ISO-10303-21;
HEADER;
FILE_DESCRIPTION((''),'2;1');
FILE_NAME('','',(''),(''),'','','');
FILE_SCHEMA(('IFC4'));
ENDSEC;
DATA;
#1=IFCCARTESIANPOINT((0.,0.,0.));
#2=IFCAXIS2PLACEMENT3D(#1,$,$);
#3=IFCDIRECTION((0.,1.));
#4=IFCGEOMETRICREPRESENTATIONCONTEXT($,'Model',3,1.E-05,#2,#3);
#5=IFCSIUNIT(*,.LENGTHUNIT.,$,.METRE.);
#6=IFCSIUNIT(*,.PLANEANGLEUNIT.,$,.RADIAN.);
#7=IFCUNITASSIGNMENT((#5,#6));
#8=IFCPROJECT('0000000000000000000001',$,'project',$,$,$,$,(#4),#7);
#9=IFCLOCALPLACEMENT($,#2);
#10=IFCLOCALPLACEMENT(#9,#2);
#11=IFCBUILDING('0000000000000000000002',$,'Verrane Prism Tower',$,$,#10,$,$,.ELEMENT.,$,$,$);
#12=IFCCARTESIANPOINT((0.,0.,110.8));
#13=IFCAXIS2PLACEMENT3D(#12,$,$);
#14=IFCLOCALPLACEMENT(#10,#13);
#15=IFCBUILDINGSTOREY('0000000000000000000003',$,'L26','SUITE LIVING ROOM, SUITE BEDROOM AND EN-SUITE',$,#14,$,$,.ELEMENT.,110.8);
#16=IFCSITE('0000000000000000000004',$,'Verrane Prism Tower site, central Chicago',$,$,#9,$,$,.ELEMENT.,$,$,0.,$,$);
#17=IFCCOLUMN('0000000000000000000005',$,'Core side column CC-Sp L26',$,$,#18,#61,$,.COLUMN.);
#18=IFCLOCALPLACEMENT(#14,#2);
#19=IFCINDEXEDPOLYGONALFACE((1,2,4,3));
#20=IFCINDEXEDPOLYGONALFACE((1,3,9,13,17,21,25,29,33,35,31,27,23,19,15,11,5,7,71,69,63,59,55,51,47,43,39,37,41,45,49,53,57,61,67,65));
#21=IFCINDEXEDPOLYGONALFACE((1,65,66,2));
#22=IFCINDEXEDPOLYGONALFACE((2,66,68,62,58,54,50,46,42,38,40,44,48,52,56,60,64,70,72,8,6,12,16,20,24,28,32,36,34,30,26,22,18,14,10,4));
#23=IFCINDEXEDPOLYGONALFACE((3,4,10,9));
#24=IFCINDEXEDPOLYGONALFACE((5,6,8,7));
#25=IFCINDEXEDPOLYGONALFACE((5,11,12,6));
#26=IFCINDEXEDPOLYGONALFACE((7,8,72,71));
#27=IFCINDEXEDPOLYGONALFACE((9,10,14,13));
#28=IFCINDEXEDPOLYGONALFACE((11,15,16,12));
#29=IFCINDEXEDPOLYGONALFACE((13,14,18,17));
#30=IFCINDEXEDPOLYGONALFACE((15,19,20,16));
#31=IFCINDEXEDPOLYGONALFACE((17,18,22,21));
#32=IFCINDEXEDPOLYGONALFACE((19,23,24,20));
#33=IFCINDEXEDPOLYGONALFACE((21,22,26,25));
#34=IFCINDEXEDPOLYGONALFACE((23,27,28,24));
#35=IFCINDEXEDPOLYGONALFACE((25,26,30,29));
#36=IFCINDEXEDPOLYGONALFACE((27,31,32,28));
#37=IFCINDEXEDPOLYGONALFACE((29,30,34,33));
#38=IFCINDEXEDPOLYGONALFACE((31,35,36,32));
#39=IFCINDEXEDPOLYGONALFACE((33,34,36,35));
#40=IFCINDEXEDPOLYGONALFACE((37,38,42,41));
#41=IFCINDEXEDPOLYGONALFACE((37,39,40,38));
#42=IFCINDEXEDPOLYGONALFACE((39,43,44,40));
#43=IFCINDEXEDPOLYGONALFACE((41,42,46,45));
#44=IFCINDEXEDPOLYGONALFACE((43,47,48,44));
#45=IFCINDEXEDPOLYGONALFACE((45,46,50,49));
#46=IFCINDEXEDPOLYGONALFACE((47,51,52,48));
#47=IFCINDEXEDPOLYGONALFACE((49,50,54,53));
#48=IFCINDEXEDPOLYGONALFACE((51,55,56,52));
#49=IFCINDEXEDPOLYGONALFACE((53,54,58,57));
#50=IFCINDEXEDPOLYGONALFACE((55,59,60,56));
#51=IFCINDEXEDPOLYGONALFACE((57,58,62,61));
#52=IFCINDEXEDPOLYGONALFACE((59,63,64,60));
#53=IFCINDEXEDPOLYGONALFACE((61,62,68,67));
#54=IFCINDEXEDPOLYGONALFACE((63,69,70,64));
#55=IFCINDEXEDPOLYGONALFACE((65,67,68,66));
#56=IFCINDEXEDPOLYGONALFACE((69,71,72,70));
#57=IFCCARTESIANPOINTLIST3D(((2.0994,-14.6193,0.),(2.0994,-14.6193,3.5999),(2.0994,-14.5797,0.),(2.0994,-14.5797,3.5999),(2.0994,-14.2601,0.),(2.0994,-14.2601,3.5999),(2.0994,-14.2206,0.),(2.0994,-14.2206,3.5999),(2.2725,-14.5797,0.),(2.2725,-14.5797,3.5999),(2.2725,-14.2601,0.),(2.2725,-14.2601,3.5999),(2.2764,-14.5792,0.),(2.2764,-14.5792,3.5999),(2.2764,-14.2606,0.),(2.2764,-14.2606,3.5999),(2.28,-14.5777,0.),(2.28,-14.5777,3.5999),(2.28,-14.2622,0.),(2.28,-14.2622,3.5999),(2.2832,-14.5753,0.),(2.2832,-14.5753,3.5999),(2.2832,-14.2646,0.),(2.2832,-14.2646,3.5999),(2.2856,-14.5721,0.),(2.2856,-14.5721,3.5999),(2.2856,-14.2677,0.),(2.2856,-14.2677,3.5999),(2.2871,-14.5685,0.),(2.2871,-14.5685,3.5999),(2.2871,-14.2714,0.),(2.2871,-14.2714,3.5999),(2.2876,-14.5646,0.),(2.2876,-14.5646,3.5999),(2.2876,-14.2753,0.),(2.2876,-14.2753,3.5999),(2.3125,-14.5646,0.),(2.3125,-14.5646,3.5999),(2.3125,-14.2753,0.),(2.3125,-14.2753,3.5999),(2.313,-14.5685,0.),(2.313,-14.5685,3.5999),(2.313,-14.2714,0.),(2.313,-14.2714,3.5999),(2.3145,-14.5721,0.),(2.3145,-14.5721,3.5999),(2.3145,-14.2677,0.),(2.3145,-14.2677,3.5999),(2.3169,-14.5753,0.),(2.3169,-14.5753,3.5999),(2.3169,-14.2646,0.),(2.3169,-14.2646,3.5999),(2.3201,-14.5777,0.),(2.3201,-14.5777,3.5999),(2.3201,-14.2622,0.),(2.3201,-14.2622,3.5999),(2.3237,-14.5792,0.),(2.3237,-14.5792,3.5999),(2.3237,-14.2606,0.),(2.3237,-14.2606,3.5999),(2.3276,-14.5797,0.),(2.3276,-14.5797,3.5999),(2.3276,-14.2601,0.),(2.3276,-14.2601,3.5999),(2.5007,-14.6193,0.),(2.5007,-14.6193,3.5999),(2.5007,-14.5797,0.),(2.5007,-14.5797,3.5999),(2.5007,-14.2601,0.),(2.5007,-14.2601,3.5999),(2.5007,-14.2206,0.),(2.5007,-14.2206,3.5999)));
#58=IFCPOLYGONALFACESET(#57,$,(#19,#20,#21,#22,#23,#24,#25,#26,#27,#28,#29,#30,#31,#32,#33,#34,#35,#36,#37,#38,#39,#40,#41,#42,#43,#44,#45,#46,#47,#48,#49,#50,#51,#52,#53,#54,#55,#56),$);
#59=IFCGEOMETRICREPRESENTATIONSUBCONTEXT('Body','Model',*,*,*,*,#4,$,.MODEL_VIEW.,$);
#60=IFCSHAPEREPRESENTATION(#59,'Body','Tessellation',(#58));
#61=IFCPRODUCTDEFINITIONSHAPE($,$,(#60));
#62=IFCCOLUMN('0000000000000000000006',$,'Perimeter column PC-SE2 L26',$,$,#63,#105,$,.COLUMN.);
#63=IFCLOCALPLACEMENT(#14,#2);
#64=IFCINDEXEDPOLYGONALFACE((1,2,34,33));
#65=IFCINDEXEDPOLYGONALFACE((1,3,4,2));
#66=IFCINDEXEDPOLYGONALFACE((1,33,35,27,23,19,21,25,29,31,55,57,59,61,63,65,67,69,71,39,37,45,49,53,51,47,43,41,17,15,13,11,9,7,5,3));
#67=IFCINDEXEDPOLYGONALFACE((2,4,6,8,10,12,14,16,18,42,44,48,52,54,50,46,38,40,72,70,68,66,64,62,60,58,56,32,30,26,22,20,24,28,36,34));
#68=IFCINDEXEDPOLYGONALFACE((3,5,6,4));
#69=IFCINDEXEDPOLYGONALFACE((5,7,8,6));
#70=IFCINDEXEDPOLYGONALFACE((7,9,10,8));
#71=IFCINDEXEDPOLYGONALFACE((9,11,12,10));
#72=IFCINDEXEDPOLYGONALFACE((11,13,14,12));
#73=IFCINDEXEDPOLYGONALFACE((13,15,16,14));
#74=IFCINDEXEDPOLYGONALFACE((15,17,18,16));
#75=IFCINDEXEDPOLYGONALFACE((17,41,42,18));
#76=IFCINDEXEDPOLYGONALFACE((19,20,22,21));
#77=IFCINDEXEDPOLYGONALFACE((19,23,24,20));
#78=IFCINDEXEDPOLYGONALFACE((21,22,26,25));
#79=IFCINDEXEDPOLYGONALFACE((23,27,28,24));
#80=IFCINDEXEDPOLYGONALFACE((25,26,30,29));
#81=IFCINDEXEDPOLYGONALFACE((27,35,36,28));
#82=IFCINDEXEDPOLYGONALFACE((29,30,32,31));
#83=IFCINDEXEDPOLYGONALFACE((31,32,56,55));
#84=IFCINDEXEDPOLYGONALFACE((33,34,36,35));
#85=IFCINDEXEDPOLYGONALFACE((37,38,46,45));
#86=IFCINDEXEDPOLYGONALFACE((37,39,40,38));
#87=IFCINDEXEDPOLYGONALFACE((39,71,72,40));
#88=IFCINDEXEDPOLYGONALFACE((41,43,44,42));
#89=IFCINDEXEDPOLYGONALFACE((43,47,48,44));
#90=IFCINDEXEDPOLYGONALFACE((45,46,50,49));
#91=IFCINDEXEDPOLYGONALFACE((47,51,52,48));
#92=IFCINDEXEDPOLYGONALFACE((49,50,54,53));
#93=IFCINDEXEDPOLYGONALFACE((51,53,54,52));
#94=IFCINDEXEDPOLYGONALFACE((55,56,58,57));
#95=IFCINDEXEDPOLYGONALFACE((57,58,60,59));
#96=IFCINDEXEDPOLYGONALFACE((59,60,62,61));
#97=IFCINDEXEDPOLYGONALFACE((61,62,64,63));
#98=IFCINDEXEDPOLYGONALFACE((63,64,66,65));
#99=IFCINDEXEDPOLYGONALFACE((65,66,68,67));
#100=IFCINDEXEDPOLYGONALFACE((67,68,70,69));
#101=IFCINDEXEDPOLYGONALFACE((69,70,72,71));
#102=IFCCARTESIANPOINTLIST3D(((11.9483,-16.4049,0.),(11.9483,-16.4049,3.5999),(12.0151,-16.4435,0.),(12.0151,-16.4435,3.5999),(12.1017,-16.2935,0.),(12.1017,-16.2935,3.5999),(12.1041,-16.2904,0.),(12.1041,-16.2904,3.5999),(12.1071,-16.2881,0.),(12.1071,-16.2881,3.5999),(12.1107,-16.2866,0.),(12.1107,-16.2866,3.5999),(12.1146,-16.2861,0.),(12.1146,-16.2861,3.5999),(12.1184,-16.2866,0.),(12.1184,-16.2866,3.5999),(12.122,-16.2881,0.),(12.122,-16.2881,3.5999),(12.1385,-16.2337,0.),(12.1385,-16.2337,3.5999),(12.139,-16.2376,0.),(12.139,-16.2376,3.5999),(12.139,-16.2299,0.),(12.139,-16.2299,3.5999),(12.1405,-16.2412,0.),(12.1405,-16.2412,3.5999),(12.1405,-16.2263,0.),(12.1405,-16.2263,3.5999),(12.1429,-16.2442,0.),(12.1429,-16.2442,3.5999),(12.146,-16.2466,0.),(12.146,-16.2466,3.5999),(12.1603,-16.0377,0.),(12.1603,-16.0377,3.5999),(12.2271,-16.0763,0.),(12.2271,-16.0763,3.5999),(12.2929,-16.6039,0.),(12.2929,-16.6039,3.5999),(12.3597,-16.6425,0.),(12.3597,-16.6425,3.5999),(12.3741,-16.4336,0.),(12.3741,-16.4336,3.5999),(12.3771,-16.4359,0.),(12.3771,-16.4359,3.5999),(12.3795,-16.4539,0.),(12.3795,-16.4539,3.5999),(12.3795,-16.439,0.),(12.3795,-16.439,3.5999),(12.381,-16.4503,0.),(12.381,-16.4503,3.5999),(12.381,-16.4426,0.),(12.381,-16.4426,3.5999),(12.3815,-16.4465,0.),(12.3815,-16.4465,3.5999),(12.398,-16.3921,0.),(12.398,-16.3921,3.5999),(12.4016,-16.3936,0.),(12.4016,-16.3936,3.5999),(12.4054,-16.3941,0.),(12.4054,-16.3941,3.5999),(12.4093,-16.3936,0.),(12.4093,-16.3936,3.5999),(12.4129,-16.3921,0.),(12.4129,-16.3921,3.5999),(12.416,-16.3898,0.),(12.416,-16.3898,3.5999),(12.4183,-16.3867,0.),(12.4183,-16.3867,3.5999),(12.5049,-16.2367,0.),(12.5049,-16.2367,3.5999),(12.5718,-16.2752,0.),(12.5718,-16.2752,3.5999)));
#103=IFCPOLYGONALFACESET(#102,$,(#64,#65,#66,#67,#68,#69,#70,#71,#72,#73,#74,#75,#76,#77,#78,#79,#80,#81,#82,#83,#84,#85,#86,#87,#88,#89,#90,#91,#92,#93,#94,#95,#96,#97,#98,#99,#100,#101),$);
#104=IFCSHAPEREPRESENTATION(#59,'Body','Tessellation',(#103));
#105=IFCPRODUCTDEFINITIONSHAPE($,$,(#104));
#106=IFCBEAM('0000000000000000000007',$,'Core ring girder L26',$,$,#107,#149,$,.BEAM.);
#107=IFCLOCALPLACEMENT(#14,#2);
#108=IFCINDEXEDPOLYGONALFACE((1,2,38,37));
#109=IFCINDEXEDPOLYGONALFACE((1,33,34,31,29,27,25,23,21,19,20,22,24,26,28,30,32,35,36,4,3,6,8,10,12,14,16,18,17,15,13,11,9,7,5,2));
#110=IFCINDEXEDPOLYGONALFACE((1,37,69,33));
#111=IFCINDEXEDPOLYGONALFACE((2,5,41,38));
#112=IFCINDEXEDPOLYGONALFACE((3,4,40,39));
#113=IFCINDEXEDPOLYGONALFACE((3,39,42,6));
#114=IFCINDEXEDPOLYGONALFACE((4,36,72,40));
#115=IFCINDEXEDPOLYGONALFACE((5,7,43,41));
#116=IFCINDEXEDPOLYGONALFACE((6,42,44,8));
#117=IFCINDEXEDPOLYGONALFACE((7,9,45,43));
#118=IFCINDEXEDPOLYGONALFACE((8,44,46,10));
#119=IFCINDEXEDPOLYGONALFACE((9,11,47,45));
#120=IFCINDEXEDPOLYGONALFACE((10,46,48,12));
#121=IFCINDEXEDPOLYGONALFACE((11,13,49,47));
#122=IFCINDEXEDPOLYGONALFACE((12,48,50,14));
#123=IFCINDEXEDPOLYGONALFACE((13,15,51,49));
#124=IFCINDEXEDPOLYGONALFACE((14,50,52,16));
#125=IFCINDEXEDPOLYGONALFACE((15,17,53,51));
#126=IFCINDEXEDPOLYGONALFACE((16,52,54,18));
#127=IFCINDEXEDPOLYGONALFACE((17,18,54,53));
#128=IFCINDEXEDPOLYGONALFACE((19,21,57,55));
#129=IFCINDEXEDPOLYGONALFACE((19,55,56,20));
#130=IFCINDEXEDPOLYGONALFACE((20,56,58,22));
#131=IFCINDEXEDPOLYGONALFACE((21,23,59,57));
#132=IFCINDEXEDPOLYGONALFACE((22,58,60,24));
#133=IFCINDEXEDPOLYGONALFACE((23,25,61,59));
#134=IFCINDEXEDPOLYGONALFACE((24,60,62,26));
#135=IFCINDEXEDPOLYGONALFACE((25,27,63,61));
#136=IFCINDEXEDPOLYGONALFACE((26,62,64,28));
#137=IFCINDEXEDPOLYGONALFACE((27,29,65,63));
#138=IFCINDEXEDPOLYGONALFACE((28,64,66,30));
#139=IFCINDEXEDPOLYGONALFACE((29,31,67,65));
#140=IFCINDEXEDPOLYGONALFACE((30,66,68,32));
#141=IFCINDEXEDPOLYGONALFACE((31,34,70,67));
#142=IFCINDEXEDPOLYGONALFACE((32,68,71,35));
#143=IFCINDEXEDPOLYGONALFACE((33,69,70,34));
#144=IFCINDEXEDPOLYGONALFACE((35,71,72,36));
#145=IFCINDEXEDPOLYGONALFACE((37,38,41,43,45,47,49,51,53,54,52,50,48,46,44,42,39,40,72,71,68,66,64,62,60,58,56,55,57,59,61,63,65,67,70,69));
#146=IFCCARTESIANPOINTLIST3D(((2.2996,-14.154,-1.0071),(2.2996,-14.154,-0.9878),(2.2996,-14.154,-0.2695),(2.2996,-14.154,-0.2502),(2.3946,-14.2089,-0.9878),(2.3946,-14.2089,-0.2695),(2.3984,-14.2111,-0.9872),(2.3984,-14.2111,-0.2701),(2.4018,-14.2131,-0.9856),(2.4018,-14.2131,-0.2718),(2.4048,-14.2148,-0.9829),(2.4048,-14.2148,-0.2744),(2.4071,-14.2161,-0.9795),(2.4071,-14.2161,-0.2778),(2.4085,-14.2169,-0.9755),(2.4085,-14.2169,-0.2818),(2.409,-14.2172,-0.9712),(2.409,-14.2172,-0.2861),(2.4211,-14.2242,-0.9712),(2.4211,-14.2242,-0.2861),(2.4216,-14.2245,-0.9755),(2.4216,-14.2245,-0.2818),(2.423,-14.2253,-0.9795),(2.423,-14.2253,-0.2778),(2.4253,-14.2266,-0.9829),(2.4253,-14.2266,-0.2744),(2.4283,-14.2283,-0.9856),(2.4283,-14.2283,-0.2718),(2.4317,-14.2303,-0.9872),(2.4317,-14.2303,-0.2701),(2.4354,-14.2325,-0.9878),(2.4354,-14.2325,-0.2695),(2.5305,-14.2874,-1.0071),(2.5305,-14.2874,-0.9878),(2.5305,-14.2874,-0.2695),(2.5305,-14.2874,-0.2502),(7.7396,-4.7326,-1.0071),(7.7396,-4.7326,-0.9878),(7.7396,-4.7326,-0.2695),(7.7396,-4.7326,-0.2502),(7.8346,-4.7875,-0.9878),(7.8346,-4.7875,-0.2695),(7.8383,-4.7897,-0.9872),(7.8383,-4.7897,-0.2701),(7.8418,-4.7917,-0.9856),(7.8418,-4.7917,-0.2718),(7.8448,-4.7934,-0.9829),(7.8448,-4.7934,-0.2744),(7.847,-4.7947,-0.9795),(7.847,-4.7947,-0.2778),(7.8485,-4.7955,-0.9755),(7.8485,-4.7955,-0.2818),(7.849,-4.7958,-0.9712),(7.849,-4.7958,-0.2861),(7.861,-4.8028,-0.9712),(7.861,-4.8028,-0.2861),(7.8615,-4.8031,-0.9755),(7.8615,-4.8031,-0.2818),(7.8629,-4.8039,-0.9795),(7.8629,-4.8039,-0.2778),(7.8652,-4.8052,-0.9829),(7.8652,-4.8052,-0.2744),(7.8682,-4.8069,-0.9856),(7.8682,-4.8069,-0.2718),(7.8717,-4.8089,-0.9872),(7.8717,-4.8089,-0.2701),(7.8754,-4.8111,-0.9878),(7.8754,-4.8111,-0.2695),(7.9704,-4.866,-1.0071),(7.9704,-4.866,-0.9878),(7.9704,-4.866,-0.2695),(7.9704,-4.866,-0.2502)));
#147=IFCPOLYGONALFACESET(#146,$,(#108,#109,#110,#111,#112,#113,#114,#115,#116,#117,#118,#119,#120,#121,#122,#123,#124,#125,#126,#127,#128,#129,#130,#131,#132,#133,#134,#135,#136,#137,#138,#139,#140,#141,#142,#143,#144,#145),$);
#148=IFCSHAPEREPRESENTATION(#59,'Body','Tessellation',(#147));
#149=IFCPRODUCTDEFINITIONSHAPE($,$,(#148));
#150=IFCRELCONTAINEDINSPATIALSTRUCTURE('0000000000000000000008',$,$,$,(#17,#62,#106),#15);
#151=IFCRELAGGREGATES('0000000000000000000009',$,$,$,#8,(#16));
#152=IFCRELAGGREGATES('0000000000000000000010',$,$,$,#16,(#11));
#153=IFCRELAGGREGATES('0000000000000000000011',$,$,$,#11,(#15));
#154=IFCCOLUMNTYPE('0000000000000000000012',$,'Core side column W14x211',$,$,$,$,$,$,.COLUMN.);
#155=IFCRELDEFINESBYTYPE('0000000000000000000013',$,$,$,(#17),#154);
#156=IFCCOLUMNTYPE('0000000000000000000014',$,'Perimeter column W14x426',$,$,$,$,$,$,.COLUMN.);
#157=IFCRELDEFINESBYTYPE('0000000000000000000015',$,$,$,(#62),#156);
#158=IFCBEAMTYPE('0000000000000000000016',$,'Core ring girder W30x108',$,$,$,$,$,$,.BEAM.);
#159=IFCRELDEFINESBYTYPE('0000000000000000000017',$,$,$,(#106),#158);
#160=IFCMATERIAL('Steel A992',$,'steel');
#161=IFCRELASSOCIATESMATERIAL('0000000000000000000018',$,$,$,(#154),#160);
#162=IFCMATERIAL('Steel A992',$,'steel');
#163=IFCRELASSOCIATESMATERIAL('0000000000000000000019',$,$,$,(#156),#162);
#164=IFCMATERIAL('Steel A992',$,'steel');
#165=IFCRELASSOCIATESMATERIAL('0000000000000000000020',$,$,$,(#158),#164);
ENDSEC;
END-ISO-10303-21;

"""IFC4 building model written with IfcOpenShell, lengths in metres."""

from ifc_helpers import new_model, si_unit, direction, frame, origin, origin_2d, place, context, subcontext, project, spatial, i_section, extrude, material, material_profile, profile_set, type_object, element, save


model = new_model("IFC4")

# Units and contexts
model_context = context("Model", 3, precision=1e-05, world=origin(), true_north=direction((0.0, 1.0)))
body_context = subcontext(model_context, "Body", "Model", "MODEL_VIEW")
ifc_project = project(units=[si_unit("LENGTHUNIT", "METRE"), si_unit("PLANEANGLEUNIT", "RADIAN")], contexts=[model_context])

# Site, building, storey
site_placement = place(None, origin())
site = spatial("IfcSite", under=ifc_project, at=site_placement, Name="Verrane Prism Tower site, central Chicago", CompositionType="ELEMENT", RefElevation=0.0)
building_placement = place(site_placement, origin())
building = spatial("IfcBuilding", under=site, at=building_placement, Name="Verrane Prism Tower", CompositionType="ELEMENT")
storey_placement = place(building_placement, frame((0.0, 0.0, 110.8)))
storey = spatial("IfcBuildingStorey", under=building, at=storey_placement, Name="L26", Description="SUITE LIVING ROOM, SUITE BEDROOM AND EN-SUITE", CompositionType="ELEMENT", Elevation=110.8)

# Columns
ifc_material_1 = material(Name="Steel A992", Category="steel")
ifc_material_profile_1 = material_profile(ifc_material_1, i_section(OverallWidth=0.4014, OverallDepth=0.3987, WebThickness=0.0249, FlangeThickness=0.0396, FilletRadius=0.0151, at=origin_2d()), Name="W14x211")
ifc_profile_set_1 = profile_set([ifc_material_profile_1], Name="Steel A992")
column_type_1 = type_object("IfcColumnType", Name="Core side column W14x211", PredefinedType="COLUMN", material=ifc_profile_set_1)
column_1_placement = place(storey_placement, frame((2.3, -14.4199, 0.0), z_axis=(0.0, 0.0, 1.0), x_axis=(1.0, 0.0, 0.0)))
element("IfcColumn", 1, at=column_1_placement, inside=storey, type_object=column_type_1, Name="Core side column CC-Sp L26", PredefinedType="COLUMN", context=body_context, shape_type="SweptSolid", body=[
    extrude(i_section(OverallWidth=0.4014, OverallDepth=0.3987, WebThickness=0.0249, FlangeThickness=0.0396, FilletRadius=0.0151, at=origin_2d()), origin(), (0.0, 0.0, 1.0), 3.5999),
])
ifc_material_2 = material(Name="Steel A992", Category="steel")
ifc_material_profile_2 = material_profile(ifc_material_2, i_section(OverallWidth=0.4241, OverallDepth=0.4751, WebThickness=0.0479, FlangeThickness=0.0771, FilletRadius=0.0149, at=origin_2d()), Name="W14x426")
ifc_profile_set_2 = profile_set([ifc_material_profile_2], Name="Steel A992")
column_type_2 = type_object("IfcColumnType", Name="Perimeter column W14x426", PredefinedType="COLUMN", material=ifc_profile_set_2)
column_2_placement = place(storey_placement, frame((12.26, -16.3401, 0.0), z_axis=(0.0, 0.0, 1.0), x_axis=(-0.5, -0.866025, 0.0)))
element("IfcColumn", 2, at=column_2_placement, inside=storey, type_object=column_type_2, Name="Perimeter column PC-SE2 L26", PredefinedType="COLUMN", context=body_context, shape_type="SweptSolid", body=[
    extrude(i_section(OverallWidth=0.4241, OverallDepth=0.4751, WebThickness=0.0479, FlangeThickness=0.0771, FilletRadius=0.0149, at=origin_2d()), origin(), (0.0, 0.0, 1.0), 3.5999),
])

# Beam
ifc_material_3 = material(Name="Steel A992", Category="steel")
ifc_material_profile_3 = material_profile(ifc_material_3, i_section(OverallWidth=0.2666, OverallDepth=0.7568, WebThickness=0.0139, FlangeThickness=0.0193, FilletRadius=0.0166, at=origin_2d()), Name="W30x108")
ifc_profile_set_3 = profile_set([ifc_material_profile_3], Name="Steel A992")
beam_type_1 = type_object("IfcBeamType", Name="Core ring girder W30x108", PredefinedType="BEAM", material=ifc_profile_set_3)
beam_1_placement = place(storey_placement, frame((2.415, -14.2207, -0.6287), z_axis=(0.500035, 0.866005, 0.0), x_axis=(-0.866005, 0.500035, 0.0)))
element("IfcBeam", 3, at=beam_1_placement, inside=storey, type_object=beam_type_1, Name="Core ring girder L26", PredefinedType="BEAM", context=body_context, shape_type="SweptSolid", body=[
    extrude(i_section(OverallWidth=0.2666, OverallDepth=0.7568, WebThickness=0.0139, FlangeThickness=0.0193, FilletRadius=0.0166, at=origin_2d()), origin(), (0.0, 0.0, 1.0), 10.8792),
])

save(model, "model.ifc")
